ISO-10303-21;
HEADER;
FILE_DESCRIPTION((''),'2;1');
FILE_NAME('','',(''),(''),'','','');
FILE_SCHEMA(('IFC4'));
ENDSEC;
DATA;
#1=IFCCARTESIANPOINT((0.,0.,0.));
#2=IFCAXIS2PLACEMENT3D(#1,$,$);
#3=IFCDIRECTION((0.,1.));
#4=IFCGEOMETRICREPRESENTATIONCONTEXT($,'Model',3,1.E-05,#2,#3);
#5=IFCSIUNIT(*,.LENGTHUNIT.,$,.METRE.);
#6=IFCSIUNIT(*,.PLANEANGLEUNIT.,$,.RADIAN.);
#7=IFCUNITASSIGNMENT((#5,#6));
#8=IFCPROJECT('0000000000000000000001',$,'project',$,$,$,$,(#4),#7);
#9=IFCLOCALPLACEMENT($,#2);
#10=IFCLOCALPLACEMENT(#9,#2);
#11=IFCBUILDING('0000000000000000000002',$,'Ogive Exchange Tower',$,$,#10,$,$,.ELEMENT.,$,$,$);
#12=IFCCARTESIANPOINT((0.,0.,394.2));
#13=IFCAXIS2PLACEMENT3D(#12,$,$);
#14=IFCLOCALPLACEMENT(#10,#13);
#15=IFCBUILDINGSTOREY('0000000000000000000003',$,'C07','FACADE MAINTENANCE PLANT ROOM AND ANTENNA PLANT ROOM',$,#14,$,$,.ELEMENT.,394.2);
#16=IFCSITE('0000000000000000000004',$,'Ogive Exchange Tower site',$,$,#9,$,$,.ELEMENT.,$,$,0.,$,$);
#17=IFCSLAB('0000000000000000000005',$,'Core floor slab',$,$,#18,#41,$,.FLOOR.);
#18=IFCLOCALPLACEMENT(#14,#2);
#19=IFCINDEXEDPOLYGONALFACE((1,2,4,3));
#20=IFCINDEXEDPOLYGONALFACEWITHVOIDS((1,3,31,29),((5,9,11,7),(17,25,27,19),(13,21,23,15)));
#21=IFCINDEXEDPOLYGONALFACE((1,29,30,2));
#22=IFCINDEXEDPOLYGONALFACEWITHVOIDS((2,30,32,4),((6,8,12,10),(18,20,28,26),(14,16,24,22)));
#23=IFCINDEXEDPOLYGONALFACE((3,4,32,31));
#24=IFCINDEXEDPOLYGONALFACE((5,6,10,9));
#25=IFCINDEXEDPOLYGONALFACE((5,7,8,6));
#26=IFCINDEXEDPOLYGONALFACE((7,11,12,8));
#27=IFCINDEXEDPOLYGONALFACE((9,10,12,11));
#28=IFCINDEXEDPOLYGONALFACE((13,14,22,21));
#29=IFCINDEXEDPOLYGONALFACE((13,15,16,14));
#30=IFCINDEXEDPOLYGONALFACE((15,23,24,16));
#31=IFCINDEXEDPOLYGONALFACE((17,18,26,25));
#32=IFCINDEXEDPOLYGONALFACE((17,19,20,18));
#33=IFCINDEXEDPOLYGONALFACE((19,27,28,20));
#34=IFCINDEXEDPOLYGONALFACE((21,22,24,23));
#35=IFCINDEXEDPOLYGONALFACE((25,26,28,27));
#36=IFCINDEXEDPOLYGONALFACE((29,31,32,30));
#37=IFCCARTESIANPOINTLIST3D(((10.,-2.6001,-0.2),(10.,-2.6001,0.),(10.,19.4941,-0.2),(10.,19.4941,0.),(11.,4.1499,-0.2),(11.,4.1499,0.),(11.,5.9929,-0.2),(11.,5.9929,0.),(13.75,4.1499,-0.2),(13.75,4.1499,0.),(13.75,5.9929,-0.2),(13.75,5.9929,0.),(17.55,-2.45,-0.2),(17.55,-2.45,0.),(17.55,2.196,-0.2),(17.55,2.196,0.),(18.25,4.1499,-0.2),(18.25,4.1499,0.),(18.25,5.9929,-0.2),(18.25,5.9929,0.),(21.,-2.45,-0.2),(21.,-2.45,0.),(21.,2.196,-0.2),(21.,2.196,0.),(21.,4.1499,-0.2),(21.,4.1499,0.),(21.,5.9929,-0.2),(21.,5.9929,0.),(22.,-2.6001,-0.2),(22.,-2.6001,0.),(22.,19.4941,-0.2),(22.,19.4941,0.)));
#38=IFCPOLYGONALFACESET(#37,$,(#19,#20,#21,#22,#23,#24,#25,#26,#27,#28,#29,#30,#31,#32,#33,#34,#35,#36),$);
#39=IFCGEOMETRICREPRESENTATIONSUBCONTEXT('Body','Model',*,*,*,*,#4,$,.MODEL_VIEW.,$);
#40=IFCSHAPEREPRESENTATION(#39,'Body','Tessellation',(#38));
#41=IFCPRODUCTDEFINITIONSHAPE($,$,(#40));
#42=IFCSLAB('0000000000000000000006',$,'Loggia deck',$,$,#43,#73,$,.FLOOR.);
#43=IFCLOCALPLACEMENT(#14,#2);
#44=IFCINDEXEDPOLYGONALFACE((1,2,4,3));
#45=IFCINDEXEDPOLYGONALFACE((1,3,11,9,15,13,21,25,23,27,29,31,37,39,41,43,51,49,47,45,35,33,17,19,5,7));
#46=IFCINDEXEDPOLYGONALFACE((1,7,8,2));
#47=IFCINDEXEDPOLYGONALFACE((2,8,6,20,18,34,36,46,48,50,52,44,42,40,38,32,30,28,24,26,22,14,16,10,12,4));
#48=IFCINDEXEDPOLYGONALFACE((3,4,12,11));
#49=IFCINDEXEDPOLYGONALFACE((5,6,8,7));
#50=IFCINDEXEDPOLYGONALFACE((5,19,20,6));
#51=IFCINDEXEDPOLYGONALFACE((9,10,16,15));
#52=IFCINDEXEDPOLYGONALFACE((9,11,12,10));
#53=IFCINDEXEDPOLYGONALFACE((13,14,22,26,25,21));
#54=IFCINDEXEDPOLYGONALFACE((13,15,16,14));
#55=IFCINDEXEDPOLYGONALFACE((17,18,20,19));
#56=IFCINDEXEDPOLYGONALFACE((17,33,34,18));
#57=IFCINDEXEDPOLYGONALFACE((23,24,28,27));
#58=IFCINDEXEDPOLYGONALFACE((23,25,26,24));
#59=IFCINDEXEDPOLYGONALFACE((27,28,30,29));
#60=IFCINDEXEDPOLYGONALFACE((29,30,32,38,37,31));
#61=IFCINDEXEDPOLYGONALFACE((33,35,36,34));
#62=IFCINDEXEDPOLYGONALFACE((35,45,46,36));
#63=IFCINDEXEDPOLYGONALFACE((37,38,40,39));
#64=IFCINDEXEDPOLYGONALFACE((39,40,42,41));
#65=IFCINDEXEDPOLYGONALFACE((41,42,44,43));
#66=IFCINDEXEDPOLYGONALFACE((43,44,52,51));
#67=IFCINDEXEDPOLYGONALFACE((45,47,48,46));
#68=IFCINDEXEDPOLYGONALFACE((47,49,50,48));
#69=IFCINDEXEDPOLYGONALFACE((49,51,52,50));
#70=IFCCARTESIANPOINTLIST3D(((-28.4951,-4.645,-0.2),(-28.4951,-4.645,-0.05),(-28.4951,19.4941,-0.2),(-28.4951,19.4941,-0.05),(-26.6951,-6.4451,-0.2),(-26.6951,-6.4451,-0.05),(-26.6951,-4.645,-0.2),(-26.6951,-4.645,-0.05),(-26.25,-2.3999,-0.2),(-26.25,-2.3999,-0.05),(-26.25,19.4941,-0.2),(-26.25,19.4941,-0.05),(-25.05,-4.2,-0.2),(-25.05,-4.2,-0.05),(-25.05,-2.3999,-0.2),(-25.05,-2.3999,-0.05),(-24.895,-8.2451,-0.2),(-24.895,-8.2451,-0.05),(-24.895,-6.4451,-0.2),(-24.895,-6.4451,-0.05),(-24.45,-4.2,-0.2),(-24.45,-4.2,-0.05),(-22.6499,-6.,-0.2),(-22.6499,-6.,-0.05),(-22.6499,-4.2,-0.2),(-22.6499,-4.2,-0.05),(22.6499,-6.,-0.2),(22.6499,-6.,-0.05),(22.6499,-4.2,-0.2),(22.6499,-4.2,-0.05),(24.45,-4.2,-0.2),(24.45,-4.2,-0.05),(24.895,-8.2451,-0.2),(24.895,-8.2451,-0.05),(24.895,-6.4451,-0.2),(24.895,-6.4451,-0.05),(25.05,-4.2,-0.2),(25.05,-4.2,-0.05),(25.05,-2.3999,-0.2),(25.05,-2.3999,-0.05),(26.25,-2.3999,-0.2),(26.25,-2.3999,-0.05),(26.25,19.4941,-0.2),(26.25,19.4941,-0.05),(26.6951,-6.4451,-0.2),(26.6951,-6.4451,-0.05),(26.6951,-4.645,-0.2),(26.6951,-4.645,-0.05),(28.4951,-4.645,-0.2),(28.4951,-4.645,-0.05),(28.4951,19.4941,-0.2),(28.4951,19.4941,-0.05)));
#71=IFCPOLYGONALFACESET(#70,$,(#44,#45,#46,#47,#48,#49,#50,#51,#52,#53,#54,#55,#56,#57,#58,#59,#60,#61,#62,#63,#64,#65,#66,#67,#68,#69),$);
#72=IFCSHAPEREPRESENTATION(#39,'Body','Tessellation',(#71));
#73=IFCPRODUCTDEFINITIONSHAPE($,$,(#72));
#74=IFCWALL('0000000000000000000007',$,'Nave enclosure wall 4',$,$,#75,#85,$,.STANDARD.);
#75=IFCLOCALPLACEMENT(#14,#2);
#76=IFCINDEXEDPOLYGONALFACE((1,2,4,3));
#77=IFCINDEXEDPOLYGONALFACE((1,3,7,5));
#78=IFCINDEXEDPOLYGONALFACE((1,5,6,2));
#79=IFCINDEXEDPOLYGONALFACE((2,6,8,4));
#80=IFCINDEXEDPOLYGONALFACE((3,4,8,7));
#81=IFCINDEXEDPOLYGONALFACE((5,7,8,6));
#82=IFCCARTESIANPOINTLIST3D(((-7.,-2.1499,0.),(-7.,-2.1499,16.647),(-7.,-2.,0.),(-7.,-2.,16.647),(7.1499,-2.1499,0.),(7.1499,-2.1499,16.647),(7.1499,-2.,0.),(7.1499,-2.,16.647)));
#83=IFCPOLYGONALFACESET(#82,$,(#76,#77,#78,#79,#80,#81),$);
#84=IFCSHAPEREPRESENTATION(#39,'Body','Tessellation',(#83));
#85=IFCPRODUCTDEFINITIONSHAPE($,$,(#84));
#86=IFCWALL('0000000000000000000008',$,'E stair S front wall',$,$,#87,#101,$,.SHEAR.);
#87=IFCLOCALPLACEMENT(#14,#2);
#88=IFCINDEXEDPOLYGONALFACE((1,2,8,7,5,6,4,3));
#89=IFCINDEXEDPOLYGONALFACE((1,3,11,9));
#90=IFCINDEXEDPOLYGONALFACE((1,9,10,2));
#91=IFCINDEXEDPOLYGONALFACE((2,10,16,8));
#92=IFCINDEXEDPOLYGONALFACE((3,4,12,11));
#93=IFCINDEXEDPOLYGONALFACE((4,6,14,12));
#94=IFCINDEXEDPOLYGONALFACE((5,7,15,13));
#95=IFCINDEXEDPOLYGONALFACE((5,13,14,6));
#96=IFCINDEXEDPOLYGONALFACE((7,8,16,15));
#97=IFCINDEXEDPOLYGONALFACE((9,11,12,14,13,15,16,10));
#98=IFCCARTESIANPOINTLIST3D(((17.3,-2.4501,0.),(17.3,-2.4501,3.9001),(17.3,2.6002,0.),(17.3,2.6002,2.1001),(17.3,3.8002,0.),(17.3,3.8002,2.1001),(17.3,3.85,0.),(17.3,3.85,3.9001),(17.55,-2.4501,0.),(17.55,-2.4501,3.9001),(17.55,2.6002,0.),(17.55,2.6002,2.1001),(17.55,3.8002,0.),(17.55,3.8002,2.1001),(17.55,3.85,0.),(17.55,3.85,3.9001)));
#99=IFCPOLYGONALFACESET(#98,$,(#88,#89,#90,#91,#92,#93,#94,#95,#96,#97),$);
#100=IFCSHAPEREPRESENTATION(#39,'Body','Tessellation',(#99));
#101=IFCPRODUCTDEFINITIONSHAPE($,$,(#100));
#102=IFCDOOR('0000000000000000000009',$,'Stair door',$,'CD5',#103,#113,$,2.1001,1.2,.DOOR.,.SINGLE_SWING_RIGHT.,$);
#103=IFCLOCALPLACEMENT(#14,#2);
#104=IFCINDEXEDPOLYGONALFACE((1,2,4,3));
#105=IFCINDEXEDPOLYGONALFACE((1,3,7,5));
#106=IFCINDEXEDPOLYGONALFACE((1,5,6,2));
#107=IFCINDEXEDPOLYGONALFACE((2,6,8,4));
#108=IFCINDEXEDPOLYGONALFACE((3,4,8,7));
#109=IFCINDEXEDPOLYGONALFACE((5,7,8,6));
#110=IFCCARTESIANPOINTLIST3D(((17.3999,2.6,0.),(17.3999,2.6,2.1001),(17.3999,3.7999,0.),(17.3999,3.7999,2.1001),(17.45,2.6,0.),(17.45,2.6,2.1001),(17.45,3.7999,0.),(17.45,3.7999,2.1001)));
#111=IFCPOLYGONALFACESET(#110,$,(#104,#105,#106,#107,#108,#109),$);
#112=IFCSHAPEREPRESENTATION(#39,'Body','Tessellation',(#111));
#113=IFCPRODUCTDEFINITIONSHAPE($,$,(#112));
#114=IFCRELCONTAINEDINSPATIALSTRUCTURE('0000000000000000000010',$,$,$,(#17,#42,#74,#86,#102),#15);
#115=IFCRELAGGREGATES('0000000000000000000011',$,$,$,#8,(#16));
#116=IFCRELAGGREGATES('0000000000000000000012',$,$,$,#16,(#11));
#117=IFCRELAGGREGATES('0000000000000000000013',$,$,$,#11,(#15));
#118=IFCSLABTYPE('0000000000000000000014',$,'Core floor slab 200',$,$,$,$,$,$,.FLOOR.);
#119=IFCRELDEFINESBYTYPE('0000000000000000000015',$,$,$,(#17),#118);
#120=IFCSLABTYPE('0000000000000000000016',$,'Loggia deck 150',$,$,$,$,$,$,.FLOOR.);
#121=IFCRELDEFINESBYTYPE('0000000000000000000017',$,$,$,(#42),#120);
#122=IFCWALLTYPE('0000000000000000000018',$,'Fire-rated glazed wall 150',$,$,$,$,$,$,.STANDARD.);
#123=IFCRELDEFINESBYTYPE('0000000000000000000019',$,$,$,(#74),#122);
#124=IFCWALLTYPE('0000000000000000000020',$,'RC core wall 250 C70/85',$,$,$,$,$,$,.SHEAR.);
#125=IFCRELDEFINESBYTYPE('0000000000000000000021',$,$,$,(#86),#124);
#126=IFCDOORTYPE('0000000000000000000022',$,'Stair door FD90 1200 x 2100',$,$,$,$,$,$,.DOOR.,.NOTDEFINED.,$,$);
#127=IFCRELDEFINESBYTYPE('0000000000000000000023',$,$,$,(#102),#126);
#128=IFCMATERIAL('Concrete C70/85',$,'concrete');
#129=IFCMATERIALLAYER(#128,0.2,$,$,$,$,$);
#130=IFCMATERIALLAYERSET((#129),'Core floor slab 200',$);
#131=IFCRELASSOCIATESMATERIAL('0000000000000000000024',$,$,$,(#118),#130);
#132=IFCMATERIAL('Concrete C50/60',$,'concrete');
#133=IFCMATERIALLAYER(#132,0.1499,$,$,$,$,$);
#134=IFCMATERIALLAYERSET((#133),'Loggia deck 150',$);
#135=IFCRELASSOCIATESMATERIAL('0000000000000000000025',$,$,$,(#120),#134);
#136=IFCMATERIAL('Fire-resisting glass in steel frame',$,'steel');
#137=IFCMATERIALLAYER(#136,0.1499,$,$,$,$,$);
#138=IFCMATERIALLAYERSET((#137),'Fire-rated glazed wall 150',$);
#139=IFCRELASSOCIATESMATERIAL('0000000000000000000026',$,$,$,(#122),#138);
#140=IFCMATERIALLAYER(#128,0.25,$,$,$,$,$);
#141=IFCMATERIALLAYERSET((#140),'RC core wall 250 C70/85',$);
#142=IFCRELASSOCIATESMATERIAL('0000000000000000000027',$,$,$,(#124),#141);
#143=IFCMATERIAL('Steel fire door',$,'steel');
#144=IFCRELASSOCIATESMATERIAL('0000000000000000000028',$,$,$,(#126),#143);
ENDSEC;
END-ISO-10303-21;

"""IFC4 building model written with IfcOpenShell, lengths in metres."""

from ifc_helpers import new_model, si_unit, direction, frame, frame_2d, origin, place, context, subcontext, project, spatial, polyline, rectangle, outline, extrude, material, layer, layer_set, type_object, element, fill, save


model = new_model("IFC4")

# Units and contexts
model_context = context("Model", 3, precision=1e-05, world=origin(), true_north=direction((0.0, 1.0)))
body_context = subcontext(model_context, "Body", "Model", "MODEL_VIEW")
ifc_project = project(units=[si_unit("LENGTHUNIT", "METRE"), si_unit("PLANEANGLEUNIT", "RADIAN")], contexts=[model_context])

# Site, building, storey
site_placement = place(None, origin())
site = spatial("IfcSite", under=ifc_project, at=site_placement, Name="Ogive Exchange Tower site", CompositionType="ELEMENT", RefElevation=0.0)
building_placement = place(site_placement, origin())
building = spatial("IfcBuilding", under=site, at=building_placement, Name="Ogive Exchange Tower", CompositionType="ELEMENT")
storey_placement = place(building_placement, frame((0.0, 0.0, 394.2)))
storey = spatial("IfcBuildingStorey", under=building, at=storey_placement, Name="C07", Description="FACADE MAINTENANCE PLANT ROOM AND ANTENNA PLANT ROOM", CompositionType="ELEMENT", Elevation=394.2)

# Slabs
ifc_material_1 = material(Name="Concrete C70/85", Category="concrete")
ifc_layer_1 = layer(ifc_material_1, 0.2)
ifc_layer_set_1 = layer_set([ifc_layer_1], Name="Core floor slab 200")
slab_type_1 = type_object("IfcSlabType", Name="Core floor slab 200", PredefinedType="FLOOR", material=ifc_layer_set_1)
slab_1_placement = place(storey_placement, frame((0.0, 0.0, -0.2)))
element("IfcSlab", 1, at=slab_1_placement, inside=storey, type_object=slab_type_1, Name="Core floor slab", PredefinedType="FLOOR", context=body_context, shape_type="SweptSolid", body=[
    extrude(outline(polyline([(10.0, -2.6001), (10.0, 19.4941), (22.0, 19.4941), (22.0, -2.6001), (10.0, -2.6001)]), holes=[polyline([(17.55, 2.196), (17.55, -2.45), (21.0, -2.45), (21.0, 2.196), (17.55, 2.196)]), polyline([(11.0, 5.9929), (11.0, 4.1499), (13.75, 4.1499), (13.75, 5.9929), (11.0, 5.9929)]), polyline([(18.25, 5.9929), (18.25, 4.1499), (21.0, 4.1499), (21.0, 5.9929), (18.25, 5.9929)])]), origin(), (0.0, 0.0, 1.0), 0.2),
])
ifc_material_2 = material(Name="Concrete C50/60", Category="concrete")
ifc_layer_2 = layer(ifc_material_2, 0.1499)
ifc_layer_set_2 = layer_set([ifc_layer_2], Name="Loggia deck 150")
slab_type_2 = type_object("IfcSlabType", Name="Loggia deck 150", PredefinedType="FLOOR", material=ifc_layer_set_2)
slab_2_placement = place(storey_placement, frame((0.0, 0.0, -0.2)))
element("IfcSlab", 2, at=slab_2_placement, inside=storey, type_object=slab_type_2, Name="Loggia deck", PredefinedType="FLOOR", context=body_context, shape_type="SweptSolid", body=[
    extrude(outline(polyline([(-26.6951, -4.645), (-28.4951, -4.645), (-28.4951, 19.4941), (-26.25, 19.4941), (-26.25, -2.3999), (-24.45, -2.3999), (-24.45, -2.3999), (-25.05, -2.3999), (-25.05, -4.2), (-24.45, -4.2), (-24.45, -4.2), (-22.6499, -4.2), (-22.6499, -6.0), (22.6499, -6.0), (22.6499, -4.2), (24.45, -4.2), (24.45, -4.2), (25.05, -4.2), (25.05, -2.3999), (24.45, -2.3999), (24.45, -2.3999), (26.25, -2.3999), (26.25, 19.4941), (28.4951, 19.4941), (28.4951, -4.645), (26.6951, -4.645), (26.6951, -6.4451), (24.895, -6.4451), (24.895, -8.2451), (-24.895, -8.2451), (-24.895, -6.4451), (-26.6951, -6.4451), (-26.6951, -4.645)])), origin(), (0.0, 0.0, 1.0), 0.1499),
])

# Wall
ifc_material_3 = material(Name="Fire-resisting glass in steel frame", Category="steel")
ifc_layer_3 = layer(ifc_material_3, 0.1499)
ifc_layer_set_3 = layer_set([ifc_layer_3], Name="Fire-rated glazed wall 150")
wall_type_1 = type_object("IfcWallType", Name="Fire-rated glazed wall 150", PredefinedType="STANDARD", material=ifc_layer_set_3)
wall_1_placement = place(storey_placement, frame((7.1499, -2.075, 0.0), z_axis=(0.0, 0.0, 1.0), x_axis=(-1.0, 0.0, 0.0)))
element("IfcWall", 3, at=wall_1_placement, inside=storey, type_object=wall_type_1, Name="Nave enclosure wall 4", PredefinedType="STANDARD", context=body_context, shape_type="SweptSolid", body=[
    extrude(rectangle(XDim=14.1499, YDim=0.1499, at=frame_2d((7.075, 0.0))), origin(), (0.0, 0.0, 1.0), 16.647),
])

# Wall, opening, door
ifc_layer_4 = layer(ifc_material_1, 0.25)
ifc_layer_set_4 = layer_set([ifc_layer_4], Name="RC core wall 250 C70/85")
wall_type_2 = type_object("IfcWallType", Name="RC core wall 250 C70/85", PredefinedType="SHEAR", material=ifc_layer_set_4)
wall_2_placement = place(storey_placement, frame((17.425, -2.45, 0.0), z_axis=(0.0, 0.0, 1.0), x_axis=(0.0, 1.0, 0.0)))
wall_2 = element("IfcWall", 4, at=wall_2_placement, inside=storey, type_object=wall_type_2, Name="E stair S front wall", PredefinedType="SHEAR", context=body_context, shape_type="SweptSolid", body=[
    extrude(rectangle(XDim=6.3, YDim=0.25, at=frame_2d((3.1499, 0.0))), origin(), (0.0, 0.0, 1.0), 3.9001),
])
opening_1_placement = place(wall_2_placement, frame((5.05, 0.0, 0.0)))
opening_1 = element("IfcOpeningElement", 5, at=opening_1_placement, cuts=wall_2, PredefinedType="OPENING", context=body_context, shape_type="SweptSolid", body=[
    extrude(rectangle(XDim=1.2, YDim=2.1001, at=frame_2d((0.6001, 1.05))), frame((0.0, 0.135, 0.0), z_axis=(0.0, -1.0, 0.0), x_axis=(1.0, 0.0, 0.0)), (0.0, 0.0, 1.0), 0.27),
])
ifc_material_4 = material(Name="Steel fire door", Category="steel")
door_type_1 = type_object("IfcDoorType", Name="Stair door FD90 1200 x 2100", OperationType="NOTDEFINED", PredefinedType="DOOR", material=ifc_material_4)
door_1_placement = place(opening_1_placement, frame((1.2, 0.0, 0.0), z_axis=(0.0, 0.0, 1.0), x_axis=(-1.0, 0.0, 0.0)))
door_1 = element("IfcDoor", 6, at=door_1_placement, inside=storey, type_object=door_type_1, Name="Stair door", ObjectType="CD5", OperationType="SINGLE_SWING_RIGHT", OverallHeight=2.1001, OverallWidth=1.2, PredefinedType="DOOR", context=body_context, shape_type="SweptSolid", body=[
    extrude(rectangle(XDim=1.2, YDim=2.1001, at=frame_2d((0.6001, 1.05))), frame((0.0, 0.0249, 0.0), z_axis=(0.0, -1.0, 0.0), x_axis=(1.0, 0.0, 0.0)), (0.0, 0.0, 1.0), 0.05),
])
fill(opening_1, door_1)

save(model, "model.ifc")
